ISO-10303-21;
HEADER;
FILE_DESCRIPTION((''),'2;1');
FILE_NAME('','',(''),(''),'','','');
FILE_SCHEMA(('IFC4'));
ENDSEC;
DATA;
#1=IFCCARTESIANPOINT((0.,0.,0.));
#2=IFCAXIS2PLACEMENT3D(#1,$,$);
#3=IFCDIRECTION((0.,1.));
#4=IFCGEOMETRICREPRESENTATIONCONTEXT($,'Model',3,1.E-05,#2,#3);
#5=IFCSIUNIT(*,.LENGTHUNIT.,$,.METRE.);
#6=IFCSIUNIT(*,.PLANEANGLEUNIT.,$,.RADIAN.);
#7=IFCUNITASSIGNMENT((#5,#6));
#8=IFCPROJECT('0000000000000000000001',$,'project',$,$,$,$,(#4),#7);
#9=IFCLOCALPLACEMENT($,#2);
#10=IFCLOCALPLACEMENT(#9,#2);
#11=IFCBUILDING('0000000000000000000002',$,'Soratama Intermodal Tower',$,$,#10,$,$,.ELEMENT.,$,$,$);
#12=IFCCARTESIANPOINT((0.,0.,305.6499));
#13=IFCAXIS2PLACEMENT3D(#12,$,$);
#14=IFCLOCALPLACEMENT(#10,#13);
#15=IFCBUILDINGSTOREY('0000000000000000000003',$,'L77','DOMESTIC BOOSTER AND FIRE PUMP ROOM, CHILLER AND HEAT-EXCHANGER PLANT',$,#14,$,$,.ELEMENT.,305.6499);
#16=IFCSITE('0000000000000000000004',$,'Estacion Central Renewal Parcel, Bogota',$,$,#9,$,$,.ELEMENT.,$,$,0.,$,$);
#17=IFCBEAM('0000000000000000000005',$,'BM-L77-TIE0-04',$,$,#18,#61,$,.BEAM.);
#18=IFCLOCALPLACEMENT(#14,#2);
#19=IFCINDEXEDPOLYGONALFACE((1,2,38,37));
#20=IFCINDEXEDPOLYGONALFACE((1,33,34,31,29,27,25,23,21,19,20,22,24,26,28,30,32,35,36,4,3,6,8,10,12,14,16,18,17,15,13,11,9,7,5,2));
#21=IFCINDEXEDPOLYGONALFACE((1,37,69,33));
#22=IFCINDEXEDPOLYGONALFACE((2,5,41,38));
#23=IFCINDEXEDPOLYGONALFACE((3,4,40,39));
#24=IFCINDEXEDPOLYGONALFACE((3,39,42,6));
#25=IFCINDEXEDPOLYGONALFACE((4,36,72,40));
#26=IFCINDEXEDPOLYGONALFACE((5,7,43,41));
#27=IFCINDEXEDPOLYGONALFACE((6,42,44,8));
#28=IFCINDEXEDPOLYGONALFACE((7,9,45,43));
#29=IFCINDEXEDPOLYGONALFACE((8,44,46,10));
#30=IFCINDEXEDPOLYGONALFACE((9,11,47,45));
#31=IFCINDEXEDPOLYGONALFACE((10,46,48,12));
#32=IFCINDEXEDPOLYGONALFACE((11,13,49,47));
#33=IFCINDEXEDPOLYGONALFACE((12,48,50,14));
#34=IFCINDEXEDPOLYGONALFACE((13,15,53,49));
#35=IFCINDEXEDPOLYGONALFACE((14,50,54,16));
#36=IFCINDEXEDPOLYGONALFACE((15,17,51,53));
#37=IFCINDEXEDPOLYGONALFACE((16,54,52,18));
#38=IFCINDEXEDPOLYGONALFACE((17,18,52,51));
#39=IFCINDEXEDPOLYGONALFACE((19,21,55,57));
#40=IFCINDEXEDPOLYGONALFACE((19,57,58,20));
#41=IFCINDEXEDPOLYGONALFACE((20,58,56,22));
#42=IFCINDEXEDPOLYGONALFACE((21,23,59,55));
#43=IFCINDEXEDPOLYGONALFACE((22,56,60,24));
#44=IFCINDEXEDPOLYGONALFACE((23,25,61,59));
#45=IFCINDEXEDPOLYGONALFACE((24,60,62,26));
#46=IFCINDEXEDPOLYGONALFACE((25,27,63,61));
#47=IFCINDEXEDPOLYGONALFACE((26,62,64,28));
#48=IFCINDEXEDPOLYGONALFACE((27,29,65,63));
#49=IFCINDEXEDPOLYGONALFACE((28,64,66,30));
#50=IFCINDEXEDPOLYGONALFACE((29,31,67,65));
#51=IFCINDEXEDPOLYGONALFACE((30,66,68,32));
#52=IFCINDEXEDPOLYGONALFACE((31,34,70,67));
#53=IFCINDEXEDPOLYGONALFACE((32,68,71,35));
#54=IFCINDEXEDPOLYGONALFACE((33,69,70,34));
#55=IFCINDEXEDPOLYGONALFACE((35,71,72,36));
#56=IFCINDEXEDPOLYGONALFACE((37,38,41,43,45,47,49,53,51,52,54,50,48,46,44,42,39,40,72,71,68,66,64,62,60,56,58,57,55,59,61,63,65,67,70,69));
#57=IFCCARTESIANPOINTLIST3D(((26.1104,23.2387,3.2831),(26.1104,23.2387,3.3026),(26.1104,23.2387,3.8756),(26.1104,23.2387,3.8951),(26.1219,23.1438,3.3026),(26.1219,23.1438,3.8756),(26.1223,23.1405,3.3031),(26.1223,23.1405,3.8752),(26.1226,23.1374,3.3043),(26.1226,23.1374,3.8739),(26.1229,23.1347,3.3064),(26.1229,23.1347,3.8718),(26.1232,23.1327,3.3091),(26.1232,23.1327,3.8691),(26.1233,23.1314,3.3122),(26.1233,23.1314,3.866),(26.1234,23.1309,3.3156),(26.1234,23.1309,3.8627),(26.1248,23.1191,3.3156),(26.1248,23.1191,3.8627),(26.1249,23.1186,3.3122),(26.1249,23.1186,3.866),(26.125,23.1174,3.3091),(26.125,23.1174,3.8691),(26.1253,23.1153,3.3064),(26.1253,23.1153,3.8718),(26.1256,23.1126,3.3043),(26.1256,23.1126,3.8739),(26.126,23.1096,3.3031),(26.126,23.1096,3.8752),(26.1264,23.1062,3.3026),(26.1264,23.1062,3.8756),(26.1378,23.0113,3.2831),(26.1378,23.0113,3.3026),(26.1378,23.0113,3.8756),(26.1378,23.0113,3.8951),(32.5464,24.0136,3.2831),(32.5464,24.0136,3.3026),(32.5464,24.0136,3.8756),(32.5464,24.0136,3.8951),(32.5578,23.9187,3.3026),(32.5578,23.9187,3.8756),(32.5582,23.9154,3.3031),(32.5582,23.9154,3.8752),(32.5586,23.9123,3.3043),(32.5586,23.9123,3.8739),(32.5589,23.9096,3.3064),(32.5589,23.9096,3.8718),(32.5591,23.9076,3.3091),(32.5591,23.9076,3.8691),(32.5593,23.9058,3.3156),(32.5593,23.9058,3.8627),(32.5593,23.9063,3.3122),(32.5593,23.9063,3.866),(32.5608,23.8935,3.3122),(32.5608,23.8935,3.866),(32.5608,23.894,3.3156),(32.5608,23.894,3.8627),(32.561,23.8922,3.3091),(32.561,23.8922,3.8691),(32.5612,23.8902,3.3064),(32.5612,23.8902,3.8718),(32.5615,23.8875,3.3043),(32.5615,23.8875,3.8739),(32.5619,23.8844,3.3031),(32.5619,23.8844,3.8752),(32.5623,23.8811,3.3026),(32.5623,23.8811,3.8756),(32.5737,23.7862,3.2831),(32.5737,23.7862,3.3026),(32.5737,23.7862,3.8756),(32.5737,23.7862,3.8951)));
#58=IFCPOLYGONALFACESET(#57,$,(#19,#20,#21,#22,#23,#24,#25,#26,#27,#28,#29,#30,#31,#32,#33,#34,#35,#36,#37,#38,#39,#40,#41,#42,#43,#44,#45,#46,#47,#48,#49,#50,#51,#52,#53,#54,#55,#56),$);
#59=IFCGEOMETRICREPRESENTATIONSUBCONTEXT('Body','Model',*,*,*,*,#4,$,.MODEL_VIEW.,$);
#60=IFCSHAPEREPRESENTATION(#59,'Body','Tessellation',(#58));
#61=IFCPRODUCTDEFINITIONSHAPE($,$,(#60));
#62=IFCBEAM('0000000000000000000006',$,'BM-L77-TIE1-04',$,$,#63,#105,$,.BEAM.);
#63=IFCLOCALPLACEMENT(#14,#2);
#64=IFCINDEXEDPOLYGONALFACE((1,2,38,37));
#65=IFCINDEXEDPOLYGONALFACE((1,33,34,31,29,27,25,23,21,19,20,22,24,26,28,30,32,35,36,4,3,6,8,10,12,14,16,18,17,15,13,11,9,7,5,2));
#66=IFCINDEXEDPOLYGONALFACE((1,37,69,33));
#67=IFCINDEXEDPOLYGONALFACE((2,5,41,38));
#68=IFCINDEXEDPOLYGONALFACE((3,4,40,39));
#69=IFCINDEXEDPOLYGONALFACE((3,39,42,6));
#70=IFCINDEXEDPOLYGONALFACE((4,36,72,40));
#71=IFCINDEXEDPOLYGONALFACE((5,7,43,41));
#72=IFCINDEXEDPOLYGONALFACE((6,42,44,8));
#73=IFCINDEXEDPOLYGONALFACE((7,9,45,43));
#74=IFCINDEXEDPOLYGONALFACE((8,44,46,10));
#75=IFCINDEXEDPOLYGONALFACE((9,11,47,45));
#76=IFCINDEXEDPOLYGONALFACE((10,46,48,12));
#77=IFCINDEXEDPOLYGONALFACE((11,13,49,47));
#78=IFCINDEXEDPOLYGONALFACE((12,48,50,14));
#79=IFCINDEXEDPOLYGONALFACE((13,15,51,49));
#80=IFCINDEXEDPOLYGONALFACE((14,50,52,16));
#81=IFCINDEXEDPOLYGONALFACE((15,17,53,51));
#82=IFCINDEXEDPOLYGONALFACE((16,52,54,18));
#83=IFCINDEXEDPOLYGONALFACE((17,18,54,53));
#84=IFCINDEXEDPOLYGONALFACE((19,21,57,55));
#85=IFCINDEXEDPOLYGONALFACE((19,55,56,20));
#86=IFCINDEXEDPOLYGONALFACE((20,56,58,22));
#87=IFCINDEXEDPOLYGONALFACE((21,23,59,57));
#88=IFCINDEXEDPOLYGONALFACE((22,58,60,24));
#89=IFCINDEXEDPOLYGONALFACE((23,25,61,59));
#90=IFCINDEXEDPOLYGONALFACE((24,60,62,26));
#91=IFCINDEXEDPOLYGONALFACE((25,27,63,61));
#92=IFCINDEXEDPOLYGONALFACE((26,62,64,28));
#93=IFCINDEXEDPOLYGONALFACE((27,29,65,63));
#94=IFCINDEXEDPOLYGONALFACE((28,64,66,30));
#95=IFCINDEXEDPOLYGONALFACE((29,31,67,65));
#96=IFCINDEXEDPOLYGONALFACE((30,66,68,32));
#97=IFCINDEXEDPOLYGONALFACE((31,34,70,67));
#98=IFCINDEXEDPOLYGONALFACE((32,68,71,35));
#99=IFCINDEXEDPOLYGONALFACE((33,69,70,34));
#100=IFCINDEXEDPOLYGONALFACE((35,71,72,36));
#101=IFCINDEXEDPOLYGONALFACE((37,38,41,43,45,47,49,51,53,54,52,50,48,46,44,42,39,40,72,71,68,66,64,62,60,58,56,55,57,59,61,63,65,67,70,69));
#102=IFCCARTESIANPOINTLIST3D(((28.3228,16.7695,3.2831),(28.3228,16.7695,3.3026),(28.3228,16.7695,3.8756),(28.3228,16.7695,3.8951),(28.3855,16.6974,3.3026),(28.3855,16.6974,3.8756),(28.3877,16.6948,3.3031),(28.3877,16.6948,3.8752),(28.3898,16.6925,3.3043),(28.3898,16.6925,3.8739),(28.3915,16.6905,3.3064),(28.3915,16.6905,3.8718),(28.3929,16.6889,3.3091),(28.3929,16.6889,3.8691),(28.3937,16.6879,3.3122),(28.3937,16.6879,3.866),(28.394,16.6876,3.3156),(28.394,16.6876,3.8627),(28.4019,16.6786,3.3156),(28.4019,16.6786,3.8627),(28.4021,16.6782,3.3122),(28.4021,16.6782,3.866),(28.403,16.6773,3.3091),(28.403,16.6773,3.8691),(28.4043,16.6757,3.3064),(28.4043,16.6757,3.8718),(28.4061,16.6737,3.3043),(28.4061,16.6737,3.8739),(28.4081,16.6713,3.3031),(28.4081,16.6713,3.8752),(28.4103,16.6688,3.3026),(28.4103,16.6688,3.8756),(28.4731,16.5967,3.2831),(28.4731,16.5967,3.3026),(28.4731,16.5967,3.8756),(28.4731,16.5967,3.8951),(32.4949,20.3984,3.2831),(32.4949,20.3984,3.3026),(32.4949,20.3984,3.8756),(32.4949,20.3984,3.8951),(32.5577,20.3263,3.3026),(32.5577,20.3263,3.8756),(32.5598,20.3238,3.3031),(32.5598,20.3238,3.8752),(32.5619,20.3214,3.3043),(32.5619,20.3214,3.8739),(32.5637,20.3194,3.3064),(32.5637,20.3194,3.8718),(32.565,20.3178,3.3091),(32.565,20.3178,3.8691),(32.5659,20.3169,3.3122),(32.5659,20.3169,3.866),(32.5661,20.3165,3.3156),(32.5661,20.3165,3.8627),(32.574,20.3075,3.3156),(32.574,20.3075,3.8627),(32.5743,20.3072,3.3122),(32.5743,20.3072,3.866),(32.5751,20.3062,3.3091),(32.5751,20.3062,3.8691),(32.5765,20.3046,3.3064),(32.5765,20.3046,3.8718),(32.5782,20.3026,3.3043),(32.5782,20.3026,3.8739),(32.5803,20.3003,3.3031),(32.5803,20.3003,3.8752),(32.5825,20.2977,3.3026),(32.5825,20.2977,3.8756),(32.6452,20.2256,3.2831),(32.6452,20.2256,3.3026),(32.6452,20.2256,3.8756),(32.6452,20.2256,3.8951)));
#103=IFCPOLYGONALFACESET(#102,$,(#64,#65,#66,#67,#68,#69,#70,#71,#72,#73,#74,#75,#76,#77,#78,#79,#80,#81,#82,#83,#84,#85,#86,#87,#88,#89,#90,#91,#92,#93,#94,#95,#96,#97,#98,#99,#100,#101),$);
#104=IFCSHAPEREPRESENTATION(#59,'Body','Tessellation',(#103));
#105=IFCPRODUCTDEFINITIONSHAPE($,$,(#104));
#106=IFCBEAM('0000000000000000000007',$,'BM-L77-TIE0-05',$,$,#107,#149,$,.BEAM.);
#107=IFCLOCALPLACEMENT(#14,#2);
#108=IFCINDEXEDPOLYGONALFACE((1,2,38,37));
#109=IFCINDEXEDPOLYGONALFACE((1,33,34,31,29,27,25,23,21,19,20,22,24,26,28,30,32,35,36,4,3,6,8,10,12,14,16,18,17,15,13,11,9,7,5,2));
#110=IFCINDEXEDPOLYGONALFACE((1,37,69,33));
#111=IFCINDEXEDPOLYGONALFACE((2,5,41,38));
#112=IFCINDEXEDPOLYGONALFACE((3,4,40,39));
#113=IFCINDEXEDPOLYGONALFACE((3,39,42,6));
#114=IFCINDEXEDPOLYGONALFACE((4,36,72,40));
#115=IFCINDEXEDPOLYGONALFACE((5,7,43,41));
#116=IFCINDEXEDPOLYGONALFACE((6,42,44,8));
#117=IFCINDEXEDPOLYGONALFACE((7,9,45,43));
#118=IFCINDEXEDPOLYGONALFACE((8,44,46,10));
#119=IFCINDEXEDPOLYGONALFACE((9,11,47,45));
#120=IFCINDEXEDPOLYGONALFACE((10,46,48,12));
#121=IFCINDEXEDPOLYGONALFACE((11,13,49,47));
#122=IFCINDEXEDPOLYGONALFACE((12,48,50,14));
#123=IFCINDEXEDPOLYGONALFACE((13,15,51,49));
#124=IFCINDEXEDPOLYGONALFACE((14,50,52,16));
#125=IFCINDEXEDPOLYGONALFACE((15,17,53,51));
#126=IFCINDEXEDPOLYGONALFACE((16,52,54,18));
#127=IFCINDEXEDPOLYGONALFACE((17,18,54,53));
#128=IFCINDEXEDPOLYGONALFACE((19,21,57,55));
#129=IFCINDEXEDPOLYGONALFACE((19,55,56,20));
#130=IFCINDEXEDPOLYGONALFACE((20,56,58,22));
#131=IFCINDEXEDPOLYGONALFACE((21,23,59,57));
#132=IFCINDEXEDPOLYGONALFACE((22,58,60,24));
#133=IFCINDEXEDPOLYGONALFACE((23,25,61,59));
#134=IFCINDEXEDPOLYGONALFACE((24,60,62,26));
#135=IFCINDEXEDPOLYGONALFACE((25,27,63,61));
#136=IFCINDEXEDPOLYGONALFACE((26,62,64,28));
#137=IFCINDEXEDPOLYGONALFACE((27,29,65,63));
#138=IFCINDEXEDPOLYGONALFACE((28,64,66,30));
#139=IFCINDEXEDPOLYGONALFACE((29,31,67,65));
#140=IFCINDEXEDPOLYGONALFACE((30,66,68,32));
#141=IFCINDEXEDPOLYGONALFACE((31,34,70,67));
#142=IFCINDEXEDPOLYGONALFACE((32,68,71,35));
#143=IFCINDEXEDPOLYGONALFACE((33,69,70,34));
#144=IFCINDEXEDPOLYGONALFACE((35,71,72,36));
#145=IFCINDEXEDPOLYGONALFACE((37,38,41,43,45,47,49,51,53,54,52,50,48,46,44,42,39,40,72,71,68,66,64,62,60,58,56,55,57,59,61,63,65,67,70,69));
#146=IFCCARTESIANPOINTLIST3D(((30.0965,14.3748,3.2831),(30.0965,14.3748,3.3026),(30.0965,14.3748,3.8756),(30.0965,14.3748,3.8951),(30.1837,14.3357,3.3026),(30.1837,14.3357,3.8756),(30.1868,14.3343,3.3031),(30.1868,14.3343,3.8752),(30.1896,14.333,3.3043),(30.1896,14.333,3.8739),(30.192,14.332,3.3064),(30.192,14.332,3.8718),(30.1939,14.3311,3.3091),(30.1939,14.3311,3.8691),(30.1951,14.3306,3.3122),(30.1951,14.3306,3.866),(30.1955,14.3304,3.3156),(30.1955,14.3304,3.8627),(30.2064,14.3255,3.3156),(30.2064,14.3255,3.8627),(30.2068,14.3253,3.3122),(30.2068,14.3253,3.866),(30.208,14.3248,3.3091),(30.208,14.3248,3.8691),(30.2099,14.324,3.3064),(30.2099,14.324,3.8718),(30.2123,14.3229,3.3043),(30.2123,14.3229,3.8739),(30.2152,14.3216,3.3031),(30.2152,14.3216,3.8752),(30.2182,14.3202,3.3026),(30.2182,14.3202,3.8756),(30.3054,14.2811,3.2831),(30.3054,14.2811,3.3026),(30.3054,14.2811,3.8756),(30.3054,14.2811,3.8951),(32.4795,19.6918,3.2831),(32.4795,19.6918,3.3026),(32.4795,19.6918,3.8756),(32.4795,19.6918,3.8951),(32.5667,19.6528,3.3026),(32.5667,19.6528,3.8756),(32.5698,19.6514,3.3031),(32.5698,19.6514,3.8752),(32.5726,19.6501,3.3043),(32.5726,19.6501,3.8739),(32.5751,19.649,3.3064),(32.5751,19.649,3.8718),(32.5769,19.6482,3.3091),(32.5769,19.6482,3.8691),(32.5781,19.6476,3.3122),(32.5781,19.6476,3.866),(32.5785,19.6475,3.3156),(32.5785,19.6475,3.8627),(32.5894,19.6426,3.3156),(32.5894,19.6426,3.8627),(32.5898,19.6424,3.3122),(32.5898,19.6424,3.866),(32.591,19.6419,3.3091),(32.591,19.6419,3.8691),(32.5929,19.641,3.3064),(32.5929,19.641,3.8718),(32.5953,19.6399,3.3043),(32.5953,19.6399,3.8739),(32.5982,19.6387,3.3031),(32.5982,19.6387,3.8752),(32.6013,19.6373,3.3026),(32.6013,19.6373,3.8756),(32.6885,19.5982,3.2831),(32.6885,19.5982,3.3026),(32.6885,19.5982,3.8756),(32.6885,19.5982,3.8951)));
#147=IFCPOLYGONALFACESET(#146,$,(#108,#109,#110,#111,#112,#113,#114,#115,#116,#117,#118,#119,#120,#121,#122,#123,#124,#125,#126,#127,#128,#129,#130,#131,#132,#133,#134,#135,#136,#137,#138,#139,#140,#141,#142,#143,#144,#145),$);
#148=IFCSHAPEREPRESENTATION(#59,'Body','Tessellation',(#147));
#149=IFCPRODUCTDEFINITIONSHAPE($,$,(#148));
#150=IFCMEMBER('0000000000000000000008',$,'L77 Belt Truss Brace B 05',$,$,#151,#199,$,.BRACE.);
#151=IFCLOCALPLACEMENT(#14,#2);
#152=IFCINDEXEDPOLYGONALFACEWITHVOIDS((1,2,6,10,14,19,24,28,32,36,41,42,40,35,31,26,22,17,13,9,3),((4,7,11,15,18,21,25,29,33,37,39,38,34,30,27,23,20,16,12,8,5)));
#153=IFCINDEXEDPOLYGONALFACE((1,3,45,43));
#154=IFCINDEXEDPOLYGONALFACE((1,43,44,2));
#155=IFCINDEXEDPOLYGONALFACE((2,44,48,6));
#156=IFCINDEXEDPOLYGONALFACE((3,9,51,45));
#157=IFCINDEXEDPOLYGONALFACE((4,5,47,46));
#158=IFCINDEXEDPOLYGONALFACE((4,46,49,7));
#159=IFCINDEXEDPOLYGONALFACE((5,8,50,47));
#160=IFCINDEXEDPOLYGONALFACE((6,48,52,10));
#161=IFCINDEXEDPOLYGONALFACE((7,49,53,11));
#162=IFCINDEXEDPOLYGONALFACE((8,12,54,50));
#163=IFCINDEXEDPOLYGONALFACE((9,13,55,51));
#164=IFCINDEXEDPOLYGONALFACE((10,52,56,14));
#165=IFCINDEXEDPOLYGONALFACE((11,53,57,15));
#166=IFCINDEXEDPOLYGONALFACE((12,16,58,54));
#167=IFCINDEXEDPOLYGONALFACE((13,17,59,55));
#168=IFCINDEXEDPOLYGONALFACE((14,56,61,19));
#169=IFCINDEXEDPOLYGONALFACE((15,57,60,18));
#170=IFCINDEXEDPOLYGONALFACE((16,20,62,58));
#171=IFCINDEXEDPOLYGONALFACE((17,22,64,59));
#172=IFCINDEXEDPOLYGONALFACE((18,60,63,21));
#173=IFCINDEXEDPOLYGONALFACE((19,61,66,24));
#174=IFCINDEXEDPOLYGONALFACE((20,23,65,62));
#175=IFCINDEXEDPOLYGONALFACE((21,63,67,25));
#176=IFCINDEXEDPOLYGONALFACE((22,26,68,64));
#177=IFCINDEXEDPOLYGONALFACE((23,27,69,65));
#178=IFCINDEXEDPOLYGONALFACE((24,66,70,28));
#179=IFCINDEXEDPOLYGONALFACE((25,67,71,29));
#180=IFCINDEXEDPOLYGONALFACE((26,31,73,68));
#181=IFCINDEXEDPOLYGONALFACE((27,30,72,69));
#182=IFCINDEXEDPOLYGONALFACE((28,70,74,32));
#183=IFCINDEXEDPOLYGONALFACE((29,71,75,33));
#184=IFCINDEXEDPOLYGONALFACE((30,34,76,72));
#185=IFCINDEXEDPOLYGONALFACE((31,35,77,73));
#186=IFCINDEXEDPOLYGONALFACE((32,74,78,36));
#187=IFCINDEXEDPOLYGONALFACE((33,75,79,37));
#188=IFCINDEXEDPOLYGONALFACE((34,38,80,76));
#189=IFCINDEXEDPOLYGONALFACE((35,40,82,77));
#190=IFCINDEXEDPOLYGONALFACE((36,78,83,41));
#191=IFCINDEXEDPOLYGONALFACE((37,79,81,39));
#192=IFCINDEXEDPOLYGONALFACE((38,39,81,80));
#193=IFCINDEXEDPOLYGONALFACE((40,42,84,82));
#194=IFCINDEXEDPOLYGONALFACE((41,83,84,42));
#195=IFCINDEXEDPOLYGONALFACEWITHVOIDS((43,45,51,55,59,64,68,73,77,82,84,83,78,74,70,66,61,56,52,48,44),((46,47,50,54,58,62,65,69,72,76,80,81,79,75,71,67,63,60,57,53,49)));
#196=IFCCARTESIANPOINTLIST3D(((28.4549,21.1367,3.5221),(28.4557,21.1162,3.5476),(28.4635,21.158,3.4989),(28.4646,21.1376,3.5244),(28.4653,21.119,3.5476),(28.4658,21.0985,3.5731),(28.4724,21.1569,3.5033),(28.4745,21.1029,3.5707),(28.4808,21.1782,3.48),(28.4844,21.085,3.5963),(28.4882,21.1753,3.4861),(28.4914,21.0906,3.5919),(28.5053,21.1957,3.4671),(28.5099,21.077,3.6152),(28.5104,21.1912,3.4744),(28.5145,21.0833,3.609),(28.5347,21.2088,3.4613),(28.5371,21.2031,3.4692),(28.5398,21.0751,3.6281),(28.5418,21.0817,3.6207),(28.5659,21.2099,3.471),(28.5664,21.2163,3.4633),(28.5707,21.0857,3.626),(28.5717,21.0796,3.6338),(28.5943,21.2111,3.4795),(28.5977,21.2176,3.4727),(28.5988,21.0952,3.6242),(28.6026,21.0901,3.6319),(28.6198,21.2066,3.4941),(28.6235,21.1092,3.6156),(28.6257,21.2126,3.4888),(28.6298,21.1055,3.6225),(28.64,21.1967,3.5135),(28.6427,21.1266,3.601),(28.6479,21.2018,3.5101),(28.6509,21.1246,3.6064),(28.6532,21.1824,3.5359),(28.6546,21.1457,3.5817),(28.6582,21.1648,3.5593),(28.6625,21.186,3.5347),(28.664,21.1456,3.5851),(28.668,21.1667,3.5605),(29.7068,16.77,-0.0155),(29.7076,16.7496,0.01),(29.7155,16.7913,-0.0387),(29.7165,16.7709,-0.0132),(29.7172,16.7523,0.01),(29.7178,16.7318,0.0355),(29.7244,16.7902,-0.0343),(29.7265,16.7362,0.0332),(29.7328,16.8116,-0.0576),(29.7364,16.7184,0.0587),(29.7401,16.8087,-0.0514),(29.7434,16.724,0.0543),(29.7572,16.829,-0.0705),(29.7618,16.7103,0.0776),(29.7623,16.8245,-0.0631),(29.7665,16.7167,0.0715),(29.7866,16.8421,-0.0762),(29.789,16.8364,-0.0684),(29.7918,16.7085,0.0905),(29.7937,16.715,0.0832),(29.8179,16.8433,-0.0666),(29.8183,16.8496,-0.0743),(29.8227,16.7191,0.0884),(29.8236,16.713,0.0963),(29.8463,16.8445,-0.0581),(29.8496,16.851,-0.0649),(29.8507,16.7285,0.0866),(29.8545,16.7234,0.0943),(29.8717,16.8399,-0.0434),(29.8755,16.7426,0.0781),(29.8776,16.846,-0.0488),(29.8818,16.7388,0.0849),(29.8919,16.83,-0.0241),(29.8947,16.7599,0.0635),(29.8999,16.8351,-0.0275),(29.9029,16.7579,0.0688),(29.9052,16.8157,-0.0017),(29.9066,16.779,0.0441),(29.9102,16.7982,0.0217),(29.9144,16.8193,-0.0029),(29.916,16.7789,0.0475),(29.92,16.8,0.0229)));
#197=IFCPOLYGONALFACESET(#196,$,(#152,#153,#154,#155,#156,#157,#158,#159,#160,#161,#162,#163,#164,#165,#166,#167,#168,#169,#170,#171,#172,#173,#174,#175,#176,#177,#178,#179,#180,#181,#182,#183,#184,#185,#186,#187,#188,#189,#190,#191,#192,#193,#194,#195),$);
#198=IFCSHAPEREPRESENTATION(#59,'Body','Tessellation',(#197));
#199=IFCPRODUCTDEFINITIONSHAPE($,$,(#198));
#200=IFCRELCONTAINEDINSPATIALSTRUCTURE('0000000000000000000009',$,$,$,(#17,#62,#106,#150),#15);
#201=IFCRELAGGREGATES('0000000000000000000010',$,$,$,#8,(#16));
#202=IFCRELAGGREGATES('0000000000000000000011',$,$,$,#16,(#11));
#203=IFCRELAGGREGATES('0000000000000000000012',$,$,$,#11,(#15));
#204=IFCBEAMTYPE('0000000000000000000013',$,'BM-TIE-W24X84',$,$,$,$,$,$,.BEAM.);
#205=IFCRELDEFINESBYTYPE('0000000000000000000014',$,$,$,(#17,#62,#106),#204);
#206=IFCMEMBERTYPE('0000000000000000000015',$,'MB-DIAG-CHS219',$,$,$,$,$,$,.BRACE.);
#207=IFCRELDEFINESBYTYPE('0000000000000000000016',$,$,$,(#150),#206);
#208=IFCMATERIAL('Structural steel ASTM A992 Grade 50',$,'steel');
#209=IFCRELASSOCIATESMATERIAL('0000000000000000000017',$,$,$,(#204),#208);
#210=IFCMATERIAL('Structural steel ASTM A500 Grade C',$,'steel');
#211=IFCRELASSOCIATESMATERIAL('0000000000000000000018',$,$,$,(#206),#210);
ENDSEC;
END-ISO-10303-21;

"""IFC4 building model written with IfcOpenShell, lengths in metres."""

from ifc_helpers import new_model, si_unit, direction, frame, origin, origin_2d, place, context, subcontext, project, spatial, hollow_circle, i_section, extrude, material, material_profile, profile_set, type_object, element, save


model = new_model("IFC4")

# Units and contexts
model_context = context("Model", 3, precision=1e-05, world=origin(), true_north=direction((0.0, 1.0)))
body_context = subcontext(model_context, "Body", "Model", "MODEL_VIEW")
ifc_project = project(units=[si_unit("LENGTHUNIT", "METRE"), si_unit("PLANEANGLEUNIT", "RADIAN")], contexts=[model_context])

# Site, building, storey
site_placement = place(None, origin())
site = spatial("IfcSite", under=ifc_project, at=site_placement, Name="Estacion Central Renewal Parcel, Bogota", CompositionType="ELEMENT", RefElevation=0.0)
building_placement = place(site_placement, origin())
building = spatial("IfcBuilding", under=site, at=building_placement, Name="Soratama Intermodal Tower", CompositionType="ELEMENT")
storey_placement = place(building_placement, frame((0.0, 0.0, 305.6499)))
storey = spatial("IfcBuildingStorey", under=building, at=storey_placement, Name="L77", Description="DOMESTIC BOOSTER AND FIRE PUMP ROOM, CHILLER AND HEAT-EXCHANGER PLANT", CompositionType="ELEMENT", Elevation=305.6499)

# Beams
ifc_material_1 = material(Name="Structural steel ASTM A992 Grade 50", Category="steel")
ifc_material_profile_1 = material_profile(ifc_material_1, i_section(OverallWidth=0.229, OverallDepth=0.6121, WebThickness=0.012, FlangeThickness=0.0195, FilletRadius=0.0129, at=origin_2d()), Name="W24X84")
ifc_profile_set_1 = profile_set([ifc_material_profile_1], Name="Structural steel ASTM A992 Grade 50")
beam_type_1 = type_object("IfcBeamType", Name="BM-TIE-W24X84", PredefinedType="BEAM", material=ifc_profile_set_1)
beam_1_placement = place(storey_placement, frame((32.5601, 23.8999, 3.5891), z_axis=(-0.99283, -0.119537, 0.0), x_axis=(0.119537, -0.99283, 0.0)))
element("IfcBeam", 1, at=beam_1_placement, inside=storey, type_object=beam_type_1, Name="BM-L77-TIE0-04", PredefinedType="BEAM", context=body_context, shape_type="SweptSolid", body=[
    extrude(i_section(OverallWidth=0.229, OverallDepth=0.6121, WebThickness=0.012, FlangeThickness=0.0195, FilletRadius=0.0129, at=origin_2d()), origin(), (0.0, 0.0, 1.0), 6.4824),
])
beam_2_placement = place(storey_placement, frame((32.5701, 20.312, 3.5891), z_axis=(-0.754518, -0.656279, 0.0), x_axis=(0.656279, -0.754518, 0.0)))
element("IfcBeam", 2, at=beam_2_placement, inside=storey, type_object=beam_type_1, Name="BM-L77-TIE1-04", PredefinedType="BEAM", context=body_context, shape_type="SweptSolid", body=[
    extrude(i_section(OverallWidth=0.229, OverallDepth=0.6121, WebThickness=0.012, FlangeThickness=0.0195, FilletRadius=0.0129, at=origin_2d()), origin(), (0.0, 0.0, 1.0), 5.5295),
])
beam_3_placement = place(storey_placement, frame((32.584, 19.645, 3.5891), z_axis=(-0.408986, -0.912541, 0.0), x_axis=(0.912541, -0.408986, 0.0)))
element("IfcBeam", 3, at=beam_3_placement, inside=storey, type_object=beam_type_1, Name="BM-L77-TIE0-05", PredefinedType="BEAM", context=body_context, shape_type="SweptSolid", body=[
    extrude(i_section(OverallWidth=0.229, OverallDepth=0.6121, WebThickness=0.012, FlangeThickness=0.0195, FilletRadius=0.0129, at=origin_2d()), origin(), (0.0, 0.0, 1.0), 5.8267),
])

# Member
ifc_material_2 = material(Name="Structural steel ASTM A500 Grade C", Category="steel")
ifc_material_profile_2 = material_profile(ifc_material_2, hollow_circle(Radius=0.1096, WallThickness=0.01, at=origin_2d()), Name="CHS219X10")
ifc_profile_set_2 = profile_set([ifc_material_profile_2], Name="Structural steel ASTM A500 Grade C")
member_type = type_object("IfcMemberType", Name="MB-DIAG-CHS219", PredefinedType="BRACE", material=ifc_profile_set_2)
for number, where, z_axis, x_axis, name in (
    (4, (29.813, 16.7798, 0.01), (-0.217443, 0.758423, 0.614421), (-0.961272, -0.275601, 0.0), "L77 Belt Truss Brace B 05"),
):
    element("IfcMember", number, at=place(storey_placement, frame(where, z_axis=z_axis, x_axis=x_axis)), inside=storey, type_object=member_type, Name=name, PredefinedType="BRACE", context=body_context, shape_type="SweptSolid", body=[
        extrude(hollow_circle(Radius=0.1096, WallThickness=0.01, at=origin_2d()), origin(), (0.0, 0.0, 1.0), 5.7576),
    ])

save(model, "model.ifc")
